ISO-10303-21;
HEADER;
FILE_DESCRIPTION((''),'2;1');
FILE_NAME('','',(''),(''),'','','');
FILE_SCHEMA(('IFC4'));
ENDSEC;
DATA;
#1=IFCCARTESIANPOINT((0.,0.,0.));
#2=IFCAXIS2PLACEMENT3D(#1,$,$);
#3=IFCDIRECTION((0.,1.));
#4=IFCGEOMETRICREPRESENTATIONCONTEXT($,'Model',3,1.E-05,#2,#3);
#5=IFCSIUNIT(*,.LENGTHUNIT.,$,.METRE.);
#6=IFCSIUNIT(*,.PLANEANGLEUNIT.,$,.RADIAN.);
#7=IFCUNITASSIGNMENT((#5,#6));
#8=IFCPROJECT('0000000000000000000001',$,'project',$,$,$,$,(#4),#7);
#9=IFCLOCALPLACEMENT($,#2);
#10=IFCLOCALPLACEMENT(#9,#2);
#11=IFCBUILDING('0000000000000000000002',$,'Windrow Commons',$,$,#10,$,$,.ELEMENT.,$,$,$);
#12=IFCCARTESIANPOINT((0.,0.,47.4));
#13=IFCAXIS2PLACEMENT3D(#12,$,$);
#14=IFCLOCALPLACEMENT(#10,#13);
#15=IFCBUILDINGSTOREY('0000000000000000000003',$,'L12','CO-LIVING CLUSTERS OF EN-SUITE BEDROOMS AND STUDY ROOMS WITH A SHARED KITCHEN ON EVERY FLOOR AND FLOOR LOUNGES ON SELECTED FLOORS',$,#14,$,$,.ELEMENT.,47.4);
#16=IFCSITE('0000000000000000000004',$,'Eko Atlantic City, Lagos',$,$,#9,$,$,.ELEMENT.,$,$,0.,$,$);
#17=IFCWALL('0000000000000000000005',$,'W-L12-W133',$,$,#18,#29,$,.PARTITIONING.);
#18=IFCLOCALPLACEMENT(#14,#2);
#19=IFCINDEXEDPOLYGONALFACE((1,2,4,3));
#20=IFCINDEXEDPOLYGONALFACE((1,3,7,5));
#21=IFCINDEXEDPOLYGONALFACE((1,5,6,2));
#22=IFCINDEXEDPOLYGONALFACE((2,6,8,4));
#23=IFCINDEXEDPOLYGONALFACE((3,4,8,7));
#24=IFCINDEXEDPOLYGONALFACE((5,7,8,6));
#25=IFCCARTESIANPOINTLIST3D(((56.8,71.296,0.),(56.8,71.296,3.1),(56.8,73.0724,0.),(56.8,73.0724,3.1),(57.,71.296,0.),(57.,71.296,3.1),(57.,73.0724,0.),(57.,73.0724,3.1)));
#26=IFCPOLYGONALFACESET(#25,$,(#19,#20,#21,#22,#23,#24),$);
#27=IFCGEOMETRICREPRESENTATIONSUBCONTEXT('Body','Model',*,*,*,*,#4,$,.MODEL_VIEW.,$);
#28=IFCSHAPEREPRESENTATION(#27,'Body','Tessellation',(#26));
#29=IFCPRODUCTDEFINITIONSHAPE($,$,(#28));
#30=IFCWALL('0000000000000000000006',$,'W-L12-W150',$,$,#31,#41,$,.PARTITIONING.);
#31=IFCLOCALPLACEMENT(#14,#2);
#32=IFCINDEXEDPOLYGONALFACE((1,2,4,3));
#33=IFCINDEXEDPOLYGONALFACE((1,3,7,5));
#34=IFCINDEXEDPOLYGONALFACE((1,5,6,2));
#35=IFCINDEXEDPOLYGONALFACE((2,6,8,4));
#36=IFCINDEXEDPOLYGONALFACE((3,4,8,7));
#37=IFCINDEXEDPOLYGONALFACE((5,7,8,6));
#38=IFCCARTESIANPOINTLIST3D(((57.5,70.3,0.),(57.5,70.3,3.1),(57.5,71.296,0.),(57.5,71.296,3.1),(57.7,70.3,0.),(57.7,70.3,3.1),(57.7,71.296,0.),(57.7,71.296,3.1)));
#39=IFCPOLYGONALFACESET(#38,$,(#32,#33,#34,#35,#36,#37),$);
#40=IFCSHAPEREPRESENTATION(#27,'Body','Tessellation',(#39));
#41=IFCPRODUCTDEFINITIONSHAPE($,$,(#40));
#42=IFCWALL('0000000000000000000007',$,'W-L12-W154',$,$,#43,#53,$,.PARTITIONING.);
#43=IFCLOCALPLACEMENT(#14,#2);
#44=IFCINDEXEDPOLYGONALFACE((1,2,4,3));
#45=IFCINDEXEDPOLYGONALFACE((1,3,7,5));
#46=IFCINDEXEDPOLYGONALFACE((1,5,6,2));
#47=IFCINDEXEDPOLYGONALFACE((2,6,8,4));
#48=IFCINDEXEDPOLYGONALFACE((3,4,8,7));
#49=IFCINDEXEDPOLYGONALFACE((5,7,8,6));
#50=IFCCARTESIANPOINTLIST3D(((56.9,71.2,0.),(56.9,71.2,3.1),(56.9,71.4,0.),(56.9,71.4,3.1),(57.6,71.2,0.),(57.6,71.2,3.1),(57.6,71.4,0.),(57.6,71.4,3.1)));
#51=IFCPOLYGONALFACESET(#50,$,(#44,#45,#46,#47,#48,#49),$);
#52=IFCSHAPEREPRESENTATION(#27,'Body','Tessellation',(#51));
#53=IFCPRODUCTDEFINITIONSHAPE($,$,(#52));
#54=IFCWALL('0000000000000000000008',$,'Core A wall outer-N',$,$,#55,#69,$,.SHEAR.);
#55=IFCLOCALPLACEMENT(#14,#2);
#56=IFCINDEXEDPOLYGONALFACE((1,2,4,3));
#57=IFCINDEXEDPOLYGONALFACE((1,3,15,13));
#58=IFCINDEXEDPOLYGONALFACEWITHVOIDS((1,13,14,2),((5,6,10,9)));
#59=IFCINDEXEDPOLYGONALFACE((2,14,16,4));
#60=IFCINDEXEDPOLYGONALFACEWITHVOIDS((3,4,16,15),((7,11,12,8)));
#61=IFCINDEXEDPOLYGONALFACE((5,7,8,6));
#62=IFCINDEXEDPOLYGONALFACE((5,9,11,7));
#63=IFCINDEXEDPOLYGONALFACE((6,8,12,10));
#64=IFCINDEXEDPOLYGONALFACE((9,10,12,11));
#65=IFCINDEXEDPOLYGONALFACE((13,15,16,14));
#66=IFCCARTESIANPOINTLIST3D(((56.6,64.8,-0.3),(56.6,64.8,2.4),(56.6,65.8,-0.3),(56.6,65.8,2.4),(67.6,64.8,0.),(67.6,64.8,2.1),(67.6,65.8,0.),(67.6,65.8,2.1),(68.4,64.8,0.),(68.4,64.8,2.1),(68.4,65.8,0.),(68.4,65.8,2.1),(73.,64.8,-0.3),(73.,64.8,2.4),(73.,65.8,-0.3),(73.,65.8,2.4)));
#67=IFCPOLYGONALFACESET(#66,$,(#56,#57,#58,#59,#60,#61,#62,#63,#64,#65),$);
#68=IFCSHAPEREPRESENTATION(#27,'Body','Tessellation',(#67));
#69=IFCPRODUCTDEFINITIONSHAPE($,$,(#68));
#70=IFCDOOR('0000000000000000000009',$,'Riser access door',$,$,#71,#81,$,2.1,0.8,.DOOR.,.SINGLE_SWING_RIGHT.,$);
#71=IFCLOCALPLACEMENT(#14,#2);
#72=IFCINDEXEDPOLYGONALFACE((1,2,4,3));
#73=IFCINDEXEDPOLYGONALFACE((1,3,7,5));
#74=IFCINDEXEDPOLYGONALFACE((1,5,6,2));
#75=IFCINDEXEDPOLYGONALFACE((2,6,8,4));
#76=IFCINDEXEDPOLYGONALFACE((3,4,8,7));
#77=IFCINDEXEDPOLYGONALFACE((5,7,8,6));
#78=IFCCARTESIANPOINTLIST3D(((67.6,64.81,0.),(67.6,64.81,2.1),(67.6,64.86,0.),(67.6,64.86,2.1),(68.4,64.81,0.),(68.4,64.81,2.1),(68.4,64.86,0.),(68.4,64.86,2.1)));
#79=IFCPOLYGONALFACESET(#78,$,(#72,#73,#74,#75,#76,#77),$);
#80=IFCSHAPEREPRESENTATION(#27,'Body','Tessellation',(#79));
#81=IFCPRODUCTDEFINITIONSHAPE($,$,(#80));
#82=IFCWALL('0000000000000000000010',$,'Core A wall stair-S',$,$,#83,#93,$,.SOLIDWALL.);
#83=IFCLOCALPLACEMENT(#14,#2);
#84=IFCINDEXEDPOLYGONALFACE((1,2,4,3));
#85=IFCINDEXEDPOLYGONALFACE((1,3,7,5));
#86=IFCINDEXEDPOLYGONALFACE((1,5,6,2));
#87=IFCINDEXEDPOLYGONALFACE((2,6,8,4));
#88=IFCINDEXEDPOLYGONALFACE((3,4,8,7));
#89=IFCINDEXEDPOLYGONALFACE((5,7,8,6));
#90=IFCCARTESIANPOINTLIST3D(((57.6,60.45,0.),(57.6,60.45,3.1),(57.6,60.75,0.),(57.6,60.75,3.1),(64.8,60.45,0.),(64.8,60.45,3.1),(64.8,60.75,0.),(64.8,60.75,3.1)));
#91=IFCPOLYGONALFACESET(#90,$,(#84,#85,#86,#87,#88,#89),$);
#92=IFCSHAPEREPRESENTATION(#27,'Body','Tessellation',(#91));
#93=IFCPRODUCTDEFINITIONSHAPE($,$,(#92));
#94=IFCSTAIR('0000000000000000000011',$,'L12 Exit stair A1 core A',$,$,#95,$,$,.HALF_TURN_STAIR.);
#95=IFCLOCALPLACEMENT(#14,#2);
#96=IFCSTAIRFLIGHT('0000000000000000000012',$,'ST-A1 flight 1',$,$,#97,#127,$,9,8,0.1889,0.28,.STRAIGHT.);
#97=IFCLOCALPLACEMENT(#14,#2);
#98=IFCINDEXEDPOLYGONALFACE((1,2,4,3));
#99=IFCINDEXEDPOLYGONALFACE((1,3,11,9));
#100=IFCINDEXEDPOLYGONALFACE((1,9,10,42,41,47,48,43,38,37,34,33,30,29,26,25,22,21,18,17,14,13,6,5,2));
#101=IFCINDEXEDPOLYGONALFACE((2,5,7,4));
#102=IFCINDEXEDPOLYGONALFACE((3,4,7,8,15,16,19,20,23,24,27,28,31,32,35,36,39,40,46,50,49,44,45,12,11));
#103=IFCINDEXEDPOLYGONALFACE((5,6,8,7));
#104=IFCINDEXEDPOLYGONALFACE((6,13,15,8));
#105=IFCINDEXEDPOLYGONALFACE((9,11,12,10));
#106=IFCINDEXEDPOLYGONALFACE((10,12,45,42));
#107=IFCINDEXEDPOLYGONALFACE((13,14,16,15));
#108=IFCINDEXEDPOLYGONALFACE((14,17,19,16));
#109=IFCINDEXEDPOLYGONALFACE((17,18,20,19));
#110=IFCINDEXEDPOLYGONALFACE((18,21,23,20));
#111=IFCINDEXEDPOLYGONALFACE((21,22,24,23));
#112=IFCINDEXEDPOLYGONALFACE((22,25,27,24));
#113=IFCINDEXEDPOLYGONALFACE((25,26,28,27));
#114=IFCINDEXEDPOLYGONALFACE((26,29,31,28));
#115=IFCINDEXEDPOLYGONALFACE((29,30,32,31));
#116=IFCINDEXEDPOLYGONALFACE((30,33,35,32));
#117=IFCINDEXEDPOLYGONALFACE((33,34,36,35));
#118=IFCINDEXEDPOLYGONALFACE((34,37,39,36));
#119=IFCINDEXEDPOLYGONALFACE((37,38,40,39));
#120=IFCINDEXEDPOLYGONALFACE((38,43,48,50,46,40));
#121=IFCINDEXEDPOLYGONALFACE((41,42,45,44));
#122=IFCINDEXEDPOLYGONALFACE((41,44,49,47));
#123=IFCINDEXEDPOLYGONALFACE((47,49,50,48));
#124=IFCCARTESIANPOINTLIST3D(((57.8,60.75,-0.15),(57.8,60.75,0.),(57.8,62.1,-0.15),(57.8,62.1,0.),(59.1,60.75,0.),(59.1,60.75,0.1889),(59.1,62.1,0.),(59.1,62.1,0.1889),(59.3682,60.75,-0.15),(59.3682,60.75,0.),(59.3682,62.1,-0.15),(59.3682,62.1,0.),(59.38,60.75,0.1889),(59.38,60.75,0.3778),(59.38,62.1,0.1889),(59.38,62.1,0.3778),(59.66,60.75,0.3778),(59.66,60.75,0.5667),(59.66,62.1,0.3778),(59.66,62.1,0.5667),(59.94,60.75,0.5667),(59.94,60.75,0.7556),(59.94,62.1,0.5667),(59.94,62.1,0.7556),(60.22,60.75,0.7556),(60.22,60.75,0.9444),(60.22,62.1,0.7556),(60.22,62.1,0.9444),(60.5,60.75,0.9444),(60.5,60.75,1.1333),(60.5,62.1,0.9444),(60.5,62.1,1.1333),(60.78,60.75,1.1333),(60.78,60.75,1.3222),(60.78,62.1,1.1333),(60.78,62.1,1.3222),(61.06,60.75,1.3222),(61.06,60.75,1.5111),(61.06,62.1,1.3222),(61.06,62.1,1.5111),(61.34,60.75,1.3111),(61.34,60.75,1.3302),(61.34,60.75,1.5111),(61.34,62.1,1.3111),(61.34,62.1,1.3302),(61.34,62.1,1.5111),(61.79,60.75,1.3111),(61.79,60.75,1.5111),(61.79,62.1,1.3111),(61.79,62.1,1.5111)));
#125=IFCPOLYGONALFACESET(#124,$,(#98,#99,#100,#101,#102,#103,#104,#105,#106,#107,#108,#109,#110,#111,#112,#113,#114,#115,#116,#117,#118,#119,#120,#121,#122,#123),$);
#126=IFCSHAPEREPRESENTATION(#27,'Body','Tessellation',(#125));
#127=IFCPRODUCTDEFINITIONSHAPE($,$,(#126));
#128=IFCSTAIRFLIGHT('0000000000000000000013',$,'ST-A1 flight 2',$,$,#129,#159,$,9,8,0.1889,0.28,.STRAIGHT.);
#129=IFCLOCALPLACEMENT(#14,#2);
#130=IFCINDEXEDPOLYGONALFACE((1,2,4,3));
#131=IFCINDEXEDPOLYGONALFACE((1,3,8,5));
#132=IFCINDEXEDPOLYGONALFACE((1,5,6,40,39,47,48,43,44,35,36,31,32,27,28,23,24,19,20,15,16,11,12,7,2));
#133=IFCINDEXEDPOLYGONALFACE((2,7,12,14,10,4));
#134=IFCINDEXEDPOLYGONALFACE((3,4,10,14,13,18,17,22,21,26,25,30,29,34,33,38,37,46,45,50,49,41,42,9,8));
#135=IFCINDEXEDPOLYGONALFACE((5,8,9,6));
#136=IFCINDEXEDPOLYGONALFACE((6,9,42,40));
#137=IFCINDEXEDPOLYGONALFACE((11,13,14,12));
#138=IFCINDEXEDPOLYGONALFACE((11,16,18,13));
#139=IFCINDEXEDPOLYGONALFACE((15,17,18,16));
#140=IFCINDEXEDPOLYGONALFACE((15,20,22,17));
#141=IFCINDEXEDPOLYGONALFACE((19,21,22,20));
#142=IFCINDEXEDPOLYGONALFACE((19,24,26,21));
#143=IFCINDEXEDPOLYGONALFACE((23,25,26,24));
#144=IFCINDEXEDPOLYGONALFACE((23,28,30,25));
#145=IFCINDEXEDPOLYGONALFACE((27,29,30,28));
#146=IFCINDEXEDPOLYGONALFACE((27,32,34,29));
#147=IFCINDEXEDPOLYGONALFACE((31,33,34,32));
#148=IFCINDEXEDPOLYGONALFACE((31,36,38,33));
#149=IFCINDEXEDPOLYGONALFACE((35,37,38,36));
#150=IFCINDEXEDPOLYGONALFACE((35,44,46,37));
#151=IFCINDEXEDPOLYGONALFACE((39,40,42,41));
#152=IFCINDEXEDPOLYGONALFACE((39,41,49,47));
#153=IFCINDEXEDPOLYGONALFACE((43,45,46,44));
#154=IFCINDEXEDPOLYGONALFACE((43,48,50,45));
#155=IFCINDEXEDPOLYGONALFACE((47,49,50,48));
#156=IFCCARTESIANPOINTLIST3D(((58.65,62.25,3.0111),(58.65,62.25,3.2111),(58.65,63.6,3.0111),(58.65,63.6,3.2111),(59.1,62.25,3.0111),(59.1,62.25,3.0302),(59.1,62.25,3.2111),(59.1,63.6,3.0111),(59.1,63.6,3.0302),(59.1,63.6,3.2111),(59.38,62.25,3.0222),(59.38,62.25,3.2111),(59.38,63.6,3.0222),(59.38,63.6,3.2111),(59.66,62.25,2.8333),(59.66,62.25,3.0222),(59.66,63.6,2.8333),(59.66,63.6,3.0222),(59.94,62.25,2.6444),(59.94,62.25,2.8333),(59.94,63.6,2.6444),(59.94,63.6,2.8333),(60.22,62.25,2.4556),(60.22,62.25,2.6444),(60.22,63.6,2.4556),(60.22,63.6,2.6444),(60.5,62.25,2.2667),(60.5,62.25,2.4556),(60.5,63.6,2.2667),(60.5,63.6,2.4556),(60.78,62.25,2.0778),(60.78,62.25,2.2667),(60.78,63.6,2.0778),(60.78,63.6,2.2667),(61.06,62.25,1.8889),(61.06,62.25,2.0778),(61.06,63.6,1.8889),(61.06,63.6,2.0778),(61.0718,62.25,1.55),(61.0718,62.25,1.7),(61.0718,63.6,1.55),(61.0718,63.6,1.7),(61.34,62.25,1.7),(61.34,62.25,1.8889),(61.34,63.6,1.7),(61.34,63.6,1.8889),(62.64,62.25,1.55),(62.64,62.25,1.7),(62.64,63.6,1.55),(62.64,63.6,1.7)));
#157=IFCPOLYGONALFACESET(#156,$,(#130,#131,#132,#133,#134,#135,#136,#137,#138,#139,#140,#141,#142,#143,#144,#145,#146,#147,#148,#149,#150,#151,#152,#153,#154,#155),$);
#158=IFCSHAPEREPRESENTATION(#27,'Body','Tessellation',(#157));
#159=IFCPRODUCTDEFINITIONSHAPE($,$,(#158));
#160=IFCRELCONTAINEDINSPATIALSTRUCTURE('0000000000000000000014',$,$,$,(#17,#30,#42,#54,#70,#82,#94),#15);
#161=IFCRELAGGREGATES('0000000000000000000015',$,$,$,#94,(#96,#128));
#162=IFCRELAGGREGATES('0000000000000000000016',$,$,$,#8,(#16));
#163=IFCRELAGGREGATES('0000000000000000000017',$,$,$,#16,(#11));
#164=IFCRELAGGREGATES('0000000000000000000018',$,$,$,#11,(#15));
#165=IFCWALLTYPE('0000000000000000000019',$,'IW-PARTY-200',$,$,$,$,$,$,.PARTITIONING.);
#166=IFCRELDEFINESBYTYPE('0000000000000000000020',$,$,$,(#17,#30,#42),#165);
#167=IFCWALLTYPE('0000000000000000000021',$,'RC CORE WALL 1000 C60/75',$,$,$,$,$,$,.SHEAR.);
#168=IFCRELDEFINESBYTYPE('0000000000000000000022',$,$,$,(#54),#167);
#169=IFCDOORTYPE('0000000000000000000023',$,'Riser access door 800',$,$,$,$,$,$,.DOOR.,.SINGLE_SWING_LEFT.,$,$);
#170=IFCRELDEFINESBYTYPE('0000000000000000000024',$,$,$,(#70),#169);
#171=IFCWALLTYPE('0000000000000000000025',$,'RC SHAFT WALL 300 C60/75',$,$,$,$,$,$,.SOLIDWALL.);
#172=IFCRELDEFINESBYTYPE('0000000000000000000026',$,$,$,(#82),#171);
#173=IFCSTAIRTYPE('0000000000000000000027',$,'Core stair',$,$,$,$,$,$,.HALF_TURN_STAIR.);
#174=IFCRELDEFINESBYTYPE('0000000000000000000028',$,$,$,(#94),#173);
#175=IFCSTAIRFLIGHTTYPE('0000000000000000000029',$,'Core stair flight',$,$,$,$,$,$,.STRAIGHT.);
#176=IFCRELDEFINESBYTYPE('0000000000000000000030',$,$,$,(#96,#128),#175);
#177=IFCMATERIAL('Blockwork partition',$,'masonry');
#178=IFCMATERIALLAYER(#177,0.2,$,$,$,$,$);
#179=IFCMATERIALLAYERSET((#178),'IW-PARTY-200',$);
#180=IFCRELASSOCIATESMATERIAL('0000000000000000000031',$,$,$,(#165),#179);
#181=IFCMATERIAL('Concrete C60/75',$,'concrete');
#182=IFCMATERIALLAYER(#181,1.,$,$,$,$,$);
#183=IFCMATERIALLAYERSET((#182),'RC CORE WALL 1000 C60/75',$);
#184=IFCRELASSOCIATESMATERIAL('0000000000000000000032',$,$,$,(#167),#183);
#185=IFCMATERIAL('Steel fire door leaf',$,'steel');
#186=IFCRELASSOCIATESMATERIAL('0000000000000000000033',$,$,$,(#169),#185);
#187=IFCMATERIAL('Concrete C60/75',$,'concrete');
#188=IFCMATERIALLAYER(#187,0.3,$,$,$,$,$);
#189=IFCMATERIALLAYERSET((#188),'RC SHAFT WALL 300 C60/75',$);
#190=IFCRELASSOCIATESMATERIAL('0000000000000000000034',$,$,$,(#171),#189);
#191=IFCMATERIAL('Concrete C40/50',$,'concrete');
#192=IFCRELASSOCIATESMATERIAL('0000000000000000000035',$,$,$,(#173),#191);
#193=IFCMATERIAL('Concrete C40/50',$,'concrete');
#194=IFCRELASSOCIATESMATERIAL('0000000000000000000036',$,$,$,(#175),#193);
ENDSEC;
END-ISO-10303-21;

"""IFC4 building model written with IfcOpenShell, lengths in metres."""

from ifc_helpers import new_model, si_unit, direction, frame, frame_2d, origin, place, context, subcontext, project, spatial, polyline, rectangle, outline, extrude, material, layer, layer_set, type_object, element, fill, aggregate, save


model = new_model("IFC4")

# Units and contexts
model_context = context("Model", 3, precision=1e-05, world=origin(), true_north=direction((0.0, 1.0)))
body_context = subcontext(model_context, "Body", "Model", "MODEL_VIEW")
ifc_project = project(units=[si_unit("LENGTHUNIT", "METRE"), si_unit("PLANEANGLEUNIT", "RADIAN")], contexts=[model_context])

# Site, building, storey
site_placement = place(None, origin())
site = spatial("IfcSite", under=ifc_project, at=site_placement, Name="Eko Atlantic City, Lagos", CompositionType="ELEMENT", RefElevation=0.0)
building_placement = place(site_placement, origin())
building = spatial("IfcBuilding", under=site, at=building_placement, Name="Windrow Commons", CompositionType="ELEMENT")
storey_placement = place(building_placement, frame((0.0, 0.0, 47.4)))
storey = spatial("IfcBuildingStorey", under=building, at=storey_placement, Name="L12", Description="CO-LIVING CLUSTERS OF EN-SUITE BEDROOMS AND STUDY ROOMS WITH A SHARED KITCHEN ON EVERY FLOOR AND FLOOR LOUNGES ON SELECTED FLOORS", CompositionType="ELEMENT", Elevation=47.4)

# Walls
ifc_material_1 = material(Name="Blockwork partition", Category="masonry")
ifc_layer_1 = layer(ifc_material_1, 0.2)
ifc_layer_set_1 = layer_set([ifc_layer_1], Name="IW-PARTY-200")
wall_type_1 = type_object("IfcWallType", Name="IW-PARTY-200", PredefinedType="PARTITIONING", material=ifc_layer_set_1)
wall_1_placement = place(storey_placement, frame((56.9, 71.296, 0.0), z_axis=(0.0, 0.0, 1.0), x_axis=(0.0, 1.0, 0.0)))
element("IfcWall", 1, at=wall_1_placement, inside=storey, type_object=wall_type_1, Name="W-L12-W133", PredefinedType="PARTITIONING", context=body_context, shape_type="SweptSolid", body=[
    extrude(rectangle(XDim=1.7764, YDim=0.2, at=frame_2d((0.8882, 0.0))), origin(), (0.0, 0.0, 1.0), 3.1),
])
wall_2_placement = place(storey_placement, frame((57.6, 70.3, 0.0), z_axis=(0.0, 0.0, 1.0), x_axis=(0.0, 1.0, 0.0)))
element("IfcWall", 2, at=wall_2_placement, inside=storey, type_object=wall_type_1, Name="W-L12-W150", PredefinedType="PARTITIONING", context=body_context, shape_type="SweptSolid", body=[
    extrude(rectangle(XDim=0.996, YDim=0.2, at=frame_2d((0.498, 0.0))), origin(), (0.0, 0.0, 1.0), 3.1),
])
wall_3_placement = place(storey_placement, frame((56.9, 71.3, 0.0), z_axis=(0.0, 0.0, 1.0), x_axis=(1.0, 0.0, 0.0)))
element("IfcWall", 3, at=wall_3_placement, inside=storey, type_object=wall_type_1, Name="W-L12-W154", PredefinedType="PARTITIONING", context=body_context, shape_type="SweptSolid", body=[
    extrude(rectangle(XDim=0.7, YDim=0.2, at=frame_2d((0.35, 0.0))), origin(), (0.0, 0.0, 1.0), 3.1),
])

# Wall, opening, door
ifc_material_2 = material(Name="Concrete C60/75", Category="concrete")
ifc_layer_2 = layer(ifc_material_2, 1.0)
ifc_layer_set_2 = layer_set([ifc_layer_2], Name="RC CORE WALL 1000 C60/75")
wall_type_2 = type_object("IfcWallType", Name="RC CORE WALL 1000 C60/75", PredefinedType="SHEAR", material=ifc_layer_set_2)
wall_4_placement = place(storey_placement, frame((56.6, 65.3, -0.3), z_axis=(0.0, 0.0, 1.0), x_axis=(1.0, 0.0, 0.0)))
wall_4 = element("IfcWall", 4, at=wall_4_placement, inside=storey, type_object=wall_type_2, Name="Core A wall outer-N", PredefinedType="SHEAR", context=body_context, shape_type="SweptSolid", body=[
    extrude(rectangle(XDim=16.4, YDim=1.0, at=frame_2d((8.2, 0.0))), origin(), (0.0, 0.0, 1.0), 2.7),
])
opening_1_placement = place(wall_4_placement, frame((11.0, 0.0, 0.3)))
opening_1 = element("IfcOpeningElement", 5, at=opening_1_placement, cuts=wall_4, PredefinedType="OPENING", context=body_context, shape_type="SweptSolid", body=[
    extrude(rectangle(XDim=0.8, YDim=2.1, at=frame_2d((0.4, 1.05))), frame((0.0, 0.51, 0.0), z_axis=(0.0, -1.0, 0.0), x_axis=(1.0, 0.0, 0.0)), (0.0, 0.0, 1.0), 1.02),
])
ifc_material_3 = material(Name="Steel fire door leaf", Category="steel")
door_type_1 = type_object("IfcDoorType", Name="Riser access door 800", OperationType="SINGLE_SWING_LEFT", PredefinedType="DOOR", material=ifc_material_3)
door_1_placement = place(opening_1_placement, origin())
door_1 = element("IfcDoor", 6, at=door_1_placement, inside=storey, type_object=door_type_1, Name="Riser access door", OperationType="SINGLE_SWING_RIGHT", OverallHeight=2.1, OverallWidth=0.8, PredefinedType="DOOR", context=body_context, shape_type="SweptSolid", body=[
    extrude(rectangle(XDim=0.8, YDim=2.1, at=frame_2d((0.4, 1.05))), frame((0.0, -0.44, 0.0), z_axis=(0.0, -1.0, 0.0), x_axis=(1.0, 0.0, 0.0)), (0.0, 0.0, 1.0), 0.05),
])
fill(opening_1, door_1)

# Wall
ifc_material_4 = material(Name="Concrete C60/75", Category="concrete")
ifc_layer_3 = layer(ifc_material_4, 0.3)
ifc_layer_set_3 = layer_set([ifc_layer_3], Name="RC SHAFT WALL 300 C60/75")
wall_type_3 = type_object("IfcWallType", Name="RC SHAFT WALL 300 C60/75", PredefinedType="SOLIDWALL", material=ifc_layer_set_3)
wall_5_placement = place(storey_placement, frame((57.6, 60.6, 0.0), z_axis=(0.0, 0.0, 1.0), x_axis=(1.0, 0.0, 0.0)))
element("IfcWall", 7, at=wall_5_placement, inside=storey, type_object=wall_type_3, Name="Core A wall stair-S", PredefinedType="SOLIDWALL", context=body_context, shape_type="SweptSolid", body=[
    extrude(rectangle(XDim=7.2, YDim=0.3, at=frame_2d((3.6, 0.0))), origin(), (0.0, 0.0, 1.0), 3.1),
])

# Stair, stair flights
ifc_material_5 = material(Name="Concrete C40/50", Category="concrete")
stair_type = type_object("IfcStairType", Name="Core stair", PredefinedType="HALF_TURN_STAIR", material=ifc_material_5)
stair_placement = place(storey_placement, origin())
stair = element("IfcStair", 8, at=stair_placement, inside=storey, type_object=stair_type, Name="L12 Exit stair A1 core A", PredefinedType="HALF_TURN_STAIR")
ifc_material_6 = material(Name="Concrete C40/50", Category="concrete")
stair_flight_type = type_object("IfcStairFlightType", Name="Core stair flight", PredefinedType="STRAIGHT", material=ifc_material_6)
stair_flight_1_placement = place(storey_placement, frame((59.1, 61.425, 0.0), z_axis=(0.0, 0.0, 1.0), x_axis=(1.0, 0.0, 0.0)))
stair_flight_1 = element("IfcStairFlight", 9, at=stair_flight_1_placement, type_object=stair_flight_type, Name="ST-A1 flight 1", NumberOfRisers=9, NumberOfTreads=8, PredefinedType="STRAIGHT", RiserHeight=0.1889, TreadLength=0.28, context=body_context, shape_type="SweptSolid", body=[
    extrude(outline(polyline([(-1.3, -0.15), (-1.3, 0.0), (0.0, 0.0), (0.0, 0.1889), (0.28, 0.1889), (0.28, 0.3778), (0.56, 0.3778), (0.56, 0.5667), (0.84, 0.5667), (0.84, 0.7556), (1.12, 0.7556), (1.12, 0.9444), (1.4, 0.9444), (1.4, 1.1333), (1.68, 1.1333), (1.68, 1.3222), (1.96, 1.3222), (1.96, 1.5111), (2.24, 1.5111), (2.69, 1.5111), (2.69, 1.3111), (2.24, 1.3111), (2.24, 1.3302), (0.2682, 0.0), (0.2682, -0.15), (-1.3, -0.15)])), frame((0.0, 0.675, 0.0), z_axis=(0.0, -1.0, 0.0), x_axis=(1.0, 0.0, 0.0)), (0.0, 0.0, 1.0), 1.35),
])
stair_flight_2_placement = place(storey_placement, frame((61.34, 62.925, 1.7), z_axis=(0.0, 0.0, 1.0), x_axis=(-1.0, 0.0, 0.0)))
stair_flight_2 = element("IfcStairFlight", 10, at=stair_flight_2_placement, type_object=stair_flight_type, Name="ST-A1 flight 2", NumberOfRisers=9, NumberOfTreads=8, PredefinedType="STRAIGHT", RiserHeight=0.1889, TreadLength=0.28, context=body_context, shape_type="SweptSolid", body=[
    extrude(outline(polyline([(-1.3, -0.15), (-1.3, 0.0), (0.0, 0.0), (0.0, 0.1889), (0.28, 0.1889), (0.28, 0.3778), (0.56, 0.3778), (0.56, 0.5667), (0.84, 0.5667), (0.84, 0.7556), (1.12, 0.7556), (1.12, 0.9444), (1.4, 0.9444), (1.4, 1.1333), (1.68, 1.1333), (1.68, 1.3222), (1.96, 1.3222), (1.96, 1.5111), (2.24, 1.5111), (2.69, 1.5111), (2.69, 1.3111), (2.24, 1.3111), (2.24, 1.3302), (0.2682, 0.0), (0.2682, -0.15), (-1.3, -0.15)])), frame((0.0, 0.675, 0.0), z_axis=(0.0, -1.0, 0.0), x_axis=(1.0, 0.0, 0.0)), (0.0, 0.0, 1.0), 1.35),
])
aggregate(stair, [stair_flight_1, stair_flight_2])

save(model, "model.ifc")
